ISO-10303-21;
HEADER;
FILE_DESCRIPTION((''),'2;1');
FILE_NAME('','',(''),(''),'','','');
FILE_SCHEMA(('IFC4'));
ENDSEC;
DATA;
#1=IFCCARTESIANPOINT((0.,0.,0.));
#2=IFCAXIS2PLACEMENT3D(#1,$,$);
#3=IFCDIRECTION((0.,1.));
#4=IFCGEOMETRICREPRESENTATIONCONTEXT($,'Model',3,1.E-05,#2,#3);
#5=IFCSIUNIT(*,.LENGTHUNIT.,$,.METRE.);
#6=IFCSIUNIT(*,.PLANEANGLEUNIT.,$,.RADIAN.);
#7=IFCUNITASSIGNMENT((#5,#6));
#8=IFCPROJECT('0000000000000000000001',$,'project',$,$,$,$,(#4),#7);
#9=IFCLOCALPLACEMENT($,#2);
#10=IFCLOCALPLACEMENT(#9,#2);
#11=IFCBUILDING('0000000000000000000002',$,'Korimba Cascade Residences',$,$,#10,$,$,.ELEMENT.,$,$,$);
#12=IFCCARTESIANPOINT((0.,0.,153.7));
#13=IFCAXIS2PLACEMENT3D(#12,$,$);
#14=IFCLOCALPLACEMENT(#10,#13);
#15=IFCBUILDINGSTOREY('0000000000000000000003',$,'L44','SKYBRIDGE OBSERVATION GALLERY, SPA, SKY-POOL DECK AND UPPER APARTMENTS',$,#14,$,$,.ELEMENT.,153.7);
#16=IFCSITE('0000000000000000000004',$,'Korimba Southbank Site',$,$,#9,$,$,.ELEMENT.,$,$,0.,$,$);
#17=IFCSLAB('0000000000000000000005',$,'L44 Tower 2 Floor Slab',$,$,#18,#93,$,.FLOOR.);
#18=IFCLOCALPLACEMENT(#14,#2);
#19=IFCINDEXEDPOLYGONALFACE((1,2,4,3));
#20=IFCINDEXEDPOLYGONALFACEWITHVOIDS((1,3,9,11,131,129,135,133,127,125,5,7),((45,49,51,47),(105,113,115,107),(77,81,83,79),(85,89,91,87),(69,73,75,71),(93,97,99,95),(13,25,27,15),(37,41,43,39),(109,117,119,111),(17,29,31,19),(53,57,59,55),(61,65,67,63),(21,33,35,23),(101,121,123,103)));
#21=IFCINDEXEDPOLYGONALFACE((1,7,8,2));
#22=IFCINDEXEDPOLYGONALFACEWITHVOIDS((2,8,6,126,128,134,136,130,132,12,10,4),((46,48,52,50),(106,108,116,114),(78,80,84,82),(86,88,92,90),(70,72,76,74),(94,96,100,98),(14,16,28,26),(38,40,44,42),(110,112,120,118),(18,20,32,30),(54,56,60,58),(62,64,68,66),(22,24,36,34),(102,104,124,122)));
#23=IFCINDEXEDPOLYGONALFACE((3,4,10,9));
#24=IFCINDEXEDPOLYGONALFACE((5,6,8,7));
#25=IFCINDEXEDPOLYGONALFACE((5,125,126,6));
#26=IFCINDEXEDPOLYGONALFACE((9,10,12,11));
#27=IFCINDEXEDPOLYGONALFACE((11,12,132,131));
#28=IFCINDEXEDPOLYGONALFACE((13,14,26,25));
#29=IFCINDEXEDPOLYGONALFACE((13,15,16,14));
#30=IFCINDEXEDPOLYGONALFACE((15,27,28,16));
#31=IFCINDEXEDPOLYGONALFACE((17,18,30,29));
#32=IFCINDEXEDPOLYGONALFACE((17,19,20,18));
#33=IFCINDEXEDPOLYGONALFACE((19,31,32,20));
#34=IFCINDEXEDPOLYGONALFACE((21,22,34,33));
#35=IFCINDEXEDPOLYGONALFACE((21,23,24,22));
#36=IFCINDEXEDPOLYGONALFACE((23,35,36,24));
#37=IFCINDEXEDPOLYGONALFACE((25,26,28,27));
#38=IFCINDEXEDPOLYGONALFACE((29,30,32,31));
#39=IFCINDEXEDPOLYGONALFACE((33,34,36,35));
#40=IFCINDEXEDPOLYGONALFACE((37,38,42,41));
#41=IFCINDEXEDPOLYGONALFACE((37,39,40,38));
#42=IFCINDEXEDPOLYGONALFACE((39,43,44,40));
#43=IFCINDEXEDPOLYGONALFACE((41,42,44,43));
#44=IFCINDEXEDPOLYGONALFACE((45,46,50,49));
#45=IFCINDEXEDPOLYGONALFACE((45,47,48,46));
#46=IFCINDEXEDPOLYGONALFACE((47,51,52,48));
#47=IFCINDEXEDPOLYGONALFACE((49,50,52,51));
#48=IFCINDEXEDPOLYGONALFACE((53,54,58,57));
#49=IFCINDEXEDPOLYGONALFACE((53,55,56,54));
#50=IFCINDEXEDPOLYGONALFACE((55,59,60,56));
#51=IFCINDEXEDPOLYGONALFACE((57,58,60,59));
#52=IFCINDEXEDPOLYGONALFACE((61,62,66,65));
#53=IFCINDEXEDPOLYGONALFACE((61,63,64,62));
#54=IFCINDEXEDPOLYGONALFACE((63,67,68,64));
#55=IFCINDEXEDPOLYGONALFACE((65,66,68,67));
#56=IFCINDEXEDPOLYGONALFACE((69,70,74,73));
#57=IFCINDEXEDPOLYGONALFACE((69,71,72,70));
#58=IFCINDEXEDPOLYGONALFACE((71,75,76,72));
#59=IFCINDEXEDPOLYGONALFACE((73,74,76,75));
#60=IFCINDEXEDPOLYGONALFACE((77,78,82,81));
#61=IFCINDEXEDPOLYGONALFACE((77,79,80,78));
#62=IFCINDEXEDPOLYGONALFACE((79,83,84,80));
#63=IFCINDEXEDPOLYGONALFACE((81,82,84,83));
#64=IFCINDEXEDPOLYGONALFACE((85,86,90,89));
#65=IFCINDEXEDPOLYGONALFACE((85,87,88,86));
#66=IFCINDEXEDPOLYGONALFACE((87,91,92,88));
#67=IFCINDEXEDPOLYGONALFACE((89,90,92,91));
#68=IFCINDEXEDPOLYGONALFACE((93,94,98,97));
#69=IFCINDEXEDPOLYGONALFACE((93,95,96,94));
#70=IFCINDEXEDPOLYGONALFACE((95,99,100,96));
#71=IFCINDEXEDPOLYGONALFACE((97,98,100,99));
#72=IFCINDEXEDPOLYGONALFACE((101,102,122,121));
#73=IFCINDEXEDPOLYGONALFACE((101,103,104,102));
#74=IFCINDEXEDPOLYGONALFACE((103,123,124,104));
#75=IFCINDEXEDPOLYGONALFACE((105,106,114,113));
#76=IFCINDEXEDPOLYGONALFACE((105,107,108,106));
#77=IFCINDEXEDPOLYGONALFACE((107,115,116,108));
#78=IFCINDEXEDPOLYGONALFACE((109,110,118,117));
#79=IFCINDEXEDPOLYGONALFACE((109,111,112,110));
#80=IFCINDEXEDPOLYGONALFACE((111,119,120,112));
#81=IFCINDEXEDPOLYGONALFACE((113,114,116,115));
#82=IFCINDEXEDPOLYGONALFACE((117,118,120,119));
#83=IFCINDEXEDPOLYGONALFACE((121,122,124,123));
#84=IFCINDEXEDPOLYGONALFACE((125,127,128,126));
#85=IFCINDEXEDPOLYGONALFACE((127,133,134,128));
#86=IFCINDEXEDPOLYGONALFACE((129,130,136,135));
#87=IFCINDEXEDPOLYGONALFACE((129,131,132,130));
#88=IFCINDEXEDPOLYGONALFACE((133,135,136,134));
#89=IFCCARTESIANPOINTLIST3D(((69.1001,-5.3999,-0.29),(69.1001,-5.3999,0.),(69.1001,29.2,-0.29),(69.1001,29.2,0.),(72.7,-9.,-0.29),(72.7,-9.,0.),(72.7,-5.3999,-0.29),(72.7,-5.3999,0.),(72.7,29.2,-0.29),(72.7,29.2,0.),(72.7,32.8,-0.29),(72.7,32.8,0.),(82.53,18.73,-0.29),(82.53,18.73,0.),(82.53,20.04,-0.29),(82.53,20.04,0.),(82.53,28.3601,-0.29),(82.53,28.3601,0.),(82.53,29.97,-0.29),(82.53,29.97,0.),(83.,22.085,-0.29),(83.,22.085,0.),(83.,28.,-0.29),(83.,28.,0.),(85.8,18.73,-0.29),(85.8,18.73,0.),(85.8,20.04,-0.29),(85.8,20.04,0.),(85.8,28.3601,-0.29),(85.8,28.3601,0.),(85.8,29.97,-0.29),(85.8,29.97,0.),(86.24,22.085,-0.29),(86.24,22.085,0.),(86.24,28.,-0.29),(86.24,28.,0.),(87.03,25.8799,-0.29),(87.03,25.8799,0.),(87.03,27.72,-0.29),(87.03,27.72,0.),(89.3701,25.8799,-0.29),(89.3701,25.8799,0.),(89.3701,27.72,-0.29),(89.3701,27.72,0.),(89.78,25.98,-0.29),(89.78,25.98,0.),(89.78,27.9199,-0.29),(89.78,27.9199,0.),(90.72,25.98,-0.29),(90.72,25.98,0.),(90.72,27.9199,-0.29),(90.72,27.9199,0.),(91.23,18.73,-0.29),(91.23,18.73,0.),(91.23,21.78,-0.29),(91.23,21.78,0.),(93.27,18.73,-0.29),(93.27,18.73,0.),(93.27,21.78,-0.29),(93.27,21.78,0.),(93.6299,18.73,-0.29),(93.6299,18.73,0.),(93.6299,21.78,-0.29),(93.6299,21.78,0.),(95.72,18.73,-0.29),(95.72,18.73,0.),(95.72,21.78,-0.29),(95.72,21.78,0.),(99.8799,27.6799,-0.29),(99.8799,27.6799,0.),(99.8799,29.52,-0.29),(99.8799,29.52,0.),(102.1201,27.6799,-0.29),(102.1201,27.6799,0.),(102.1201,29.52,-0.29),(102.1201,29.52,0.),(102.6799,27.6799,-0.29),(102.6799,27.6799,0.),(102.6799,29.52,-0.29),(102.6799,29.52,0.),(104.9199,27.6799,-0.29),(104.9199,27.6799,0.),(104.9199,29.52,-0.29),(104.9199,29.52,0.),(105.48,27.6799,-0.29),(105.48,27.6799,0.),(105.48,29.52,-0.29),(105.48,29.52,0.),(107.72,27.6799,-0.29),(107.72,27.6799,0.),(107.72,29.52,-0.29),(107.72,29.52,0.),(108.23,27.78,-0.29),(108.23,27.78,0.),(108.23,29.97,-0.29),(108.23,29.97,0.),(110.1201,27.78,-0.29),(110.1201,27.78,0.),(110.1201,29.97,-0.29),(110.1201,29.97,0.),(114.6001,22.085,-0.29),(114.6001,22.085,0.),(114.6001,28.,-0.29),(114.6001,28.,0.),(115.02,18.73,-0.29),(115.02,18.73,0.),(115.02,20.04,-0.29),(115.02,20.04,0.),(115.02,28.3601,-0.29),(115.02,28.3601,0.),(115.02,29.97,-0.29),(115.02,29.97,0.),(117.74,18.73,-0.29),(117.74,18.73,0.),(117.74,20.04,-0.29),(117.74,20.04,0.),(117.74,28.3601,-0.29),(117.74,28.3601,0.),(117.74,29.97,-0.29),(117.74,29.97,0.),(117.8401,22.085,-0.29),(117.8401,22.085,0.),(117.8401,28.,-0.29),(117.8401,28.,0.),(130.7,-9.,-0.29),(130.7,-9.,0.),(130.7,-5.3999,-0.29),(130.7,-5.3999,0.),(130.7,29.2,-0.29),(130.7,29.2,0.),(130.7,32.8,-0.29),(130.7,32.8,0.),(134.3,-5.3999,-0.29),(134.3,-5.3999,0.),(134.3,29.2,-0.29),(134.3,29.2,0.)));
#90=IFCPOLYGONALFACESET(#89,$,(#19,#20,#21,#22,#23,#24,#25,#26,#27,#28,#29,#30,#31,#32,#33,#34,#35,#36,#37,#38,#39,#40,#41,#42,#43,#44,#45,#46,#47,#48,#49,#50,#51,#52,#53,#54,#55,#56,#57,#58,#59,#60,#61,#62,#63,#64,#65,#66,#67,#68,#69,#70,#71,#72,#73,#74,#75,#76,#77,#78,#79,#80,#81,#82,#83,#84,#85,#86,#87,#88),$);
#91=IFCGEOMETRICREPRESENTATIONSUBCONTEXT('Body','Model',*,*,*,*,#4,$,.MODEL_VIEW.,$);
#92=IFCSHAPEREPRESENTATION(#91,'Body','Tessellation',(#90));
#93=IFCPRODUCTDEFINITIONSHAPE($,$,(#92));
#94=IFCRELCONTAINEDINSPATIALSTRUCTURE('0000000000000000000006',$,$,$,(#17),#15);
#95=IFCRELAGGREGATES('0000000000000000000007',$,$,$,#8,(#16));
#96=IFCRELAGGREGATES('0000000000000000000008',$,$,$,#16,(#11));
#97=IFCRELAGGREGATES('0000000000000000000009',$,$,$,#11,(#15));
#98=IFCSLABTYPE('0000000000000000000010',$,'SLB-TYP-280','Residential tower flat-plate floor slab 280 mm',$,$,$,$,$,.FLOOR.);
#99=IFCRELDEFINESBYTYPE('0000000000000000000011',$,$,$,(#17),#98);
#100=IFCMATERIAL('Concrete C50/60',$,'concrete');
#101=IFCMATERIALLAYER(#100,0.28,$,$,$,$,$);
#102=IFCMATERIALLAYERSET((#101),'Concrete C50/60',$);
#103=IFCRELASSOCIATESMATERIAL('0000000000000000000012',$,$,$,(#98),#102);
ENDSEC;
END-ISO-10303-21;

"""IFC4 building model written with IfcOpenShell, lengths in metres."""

from ifc_helpers import new_model, si_unit, direction, frame, origin, place, context, subcontext, project, spatial, polyline, outline, extrude, material, layer, layer_set, type_object, element, save


model = new_model("IFC4")

# Units and contexts
model_context = context("Model", 3, precision=1e-05, world=origin(), true_north=direction((0.0, 1.0)))
body_context = subcontext(model_context, "Body", "Model", "MODEL_VIEW")
ifc_project = project(units=[si_unit("LENGTHUNIT", "METRE"), si_unit("PLANEANGLEUNIT", "RADIAN")], contexts=[model_context])

# Site, building, storey
site_placement = place(None, origin())
site = spatial("IfcSite", under=ifc_project, at=site_placement, Name="Korimba Southbank Site", CompositionType="ELEMENT", RefElevation=0.0)
building_placement = place(site_placement, origin())
building = spatial("IfcBuilding", under=site, at=building_placement, Name="Korimba Cascade Residences", CompositionType="ELEMENT")
storey_placement = place(building_placement, frame((0.0, 0.0, 153.7)))
storey = spatial("IfcBuildingStorey", under=building, at=storey_placement, Name="L44", Description="SKYBRIDGE OBSERVATION GALLERY, SPA, SKY-POOL DECK AND UPPER APARTMENTS", CompositionType="ELEMENT", Elevation=153.7)

# Shared definitions
ifc_material_1 = material(Name="Concrete C50/60", Category="concrete")

# Slab
ifc_layer_1 = layer(ifc_material_1, 0.28)
ifc_layer_set_1 = layer_set([ifc_layer_1], Name="Concrete C50/60")
slab_type_1 = type_object("IfcSlabType", Name="SLB-TYP-280", Description="Residential tower flat-plate floor slab 280 mm", PredefinedType="FLOOR", material=ifc_layer_set_1)
slab_1_placement = place(storey_placement, frame((0.0, 0.0, -0.29)))
element("IfcSlab", 1, at=slab_1_placement, inside=storey, type_object=slab_type_1, Name="L44 Tower 2 Floor Slab", PredefinedType="FLOOR", context=body_context, shape_type="SweptSolid", body=[
    extrude(outline(polyline([(72.7, -9.0), (130.7, -9.0), (130.7, -5.3999), (134.3, -5.3999), (134.3, 29.2), (130.7, 29.2), (130.7, 32.8), (72.7, 32.8), (72.7, 29.2), (69.1001, 29.2), (69.1001, -5.3999), (72.7, -5.3999), (72.7, -9.0)]), holes=[polyline([(86.24, 22.085), (86.24, 28.0), (83.0, 28.0), (83.0, 22.085), (86.24, 22.085)]), polyline([(117.8401, 22.085), (117.8401, 28.0), (114.6001, 28.0), (114.6001, 22.085), (117.8401, 22.085)]), polyline([(87.03, 25.8799), (89.3701, 25.8799), (89.3701, 27.72), (87.03, 27.72), (87.03, 25.8799)]), polyline([(99.8799, 27.6799), (102.1201, 27.6799), (102.1201, 29.52), (99.8799, 29.52), (99.8799, 27.6799)]), polyline([(102.6799, 27.6799), (104.9199, 27.6799), (104.9199, 29.52), (102.6799, 29.52), (102.6799, 27.6799)]), polyline([(105.48, 27.6799), (107.72, 27.6799), (107.72, 29.52), (105.48, 29.52), (105.48, 27.6799)]), polyline([(89.78, 25.98), (90.72, 25.98), (90.72, 27.9199), (89.78, 27.9199), (89.78, 25.98)]), polyline([(82.53, 18.73), (85.8, 18.73), (85.8, 20.04), (82.53, 20.04), (82.53, 18.73)]), polyline([(82.53, 28.3601), (85.8, 28.3601), (85.8, 29.97), (82.53, 29.97), (82.53, 28.3601)]), polyline([(108.23, 27.78), (110.1201, 27.78), (110.1201, 29.97), (108.23, 29.97), (108.23, 27.78)]), polyline([(91.23, 18.73), (93.27, 18.73), (93.27, 21.78), (91.23, 21.78), (91.23, 18.73)]), polyline([(93.6299, 18.73), (95.72, 18.73), (95.72, 21.78), (93.6299, 21.78), (93.6299, 18.73)]), polyline([(115.02, 18.73), (117.74, 18.73), (117.74, 20.04), (115.02, 20.04), (115.02, 18.73)]), polyline([(115.02, 28.3601), (117.74, 28.3601), (117.74, 29.97), (115.02, 29.97), (115.02, 28.3601)])]), origin(), (0.0, 0.0, 1.0), 0.29),
])

save(model, "model.ifc")
